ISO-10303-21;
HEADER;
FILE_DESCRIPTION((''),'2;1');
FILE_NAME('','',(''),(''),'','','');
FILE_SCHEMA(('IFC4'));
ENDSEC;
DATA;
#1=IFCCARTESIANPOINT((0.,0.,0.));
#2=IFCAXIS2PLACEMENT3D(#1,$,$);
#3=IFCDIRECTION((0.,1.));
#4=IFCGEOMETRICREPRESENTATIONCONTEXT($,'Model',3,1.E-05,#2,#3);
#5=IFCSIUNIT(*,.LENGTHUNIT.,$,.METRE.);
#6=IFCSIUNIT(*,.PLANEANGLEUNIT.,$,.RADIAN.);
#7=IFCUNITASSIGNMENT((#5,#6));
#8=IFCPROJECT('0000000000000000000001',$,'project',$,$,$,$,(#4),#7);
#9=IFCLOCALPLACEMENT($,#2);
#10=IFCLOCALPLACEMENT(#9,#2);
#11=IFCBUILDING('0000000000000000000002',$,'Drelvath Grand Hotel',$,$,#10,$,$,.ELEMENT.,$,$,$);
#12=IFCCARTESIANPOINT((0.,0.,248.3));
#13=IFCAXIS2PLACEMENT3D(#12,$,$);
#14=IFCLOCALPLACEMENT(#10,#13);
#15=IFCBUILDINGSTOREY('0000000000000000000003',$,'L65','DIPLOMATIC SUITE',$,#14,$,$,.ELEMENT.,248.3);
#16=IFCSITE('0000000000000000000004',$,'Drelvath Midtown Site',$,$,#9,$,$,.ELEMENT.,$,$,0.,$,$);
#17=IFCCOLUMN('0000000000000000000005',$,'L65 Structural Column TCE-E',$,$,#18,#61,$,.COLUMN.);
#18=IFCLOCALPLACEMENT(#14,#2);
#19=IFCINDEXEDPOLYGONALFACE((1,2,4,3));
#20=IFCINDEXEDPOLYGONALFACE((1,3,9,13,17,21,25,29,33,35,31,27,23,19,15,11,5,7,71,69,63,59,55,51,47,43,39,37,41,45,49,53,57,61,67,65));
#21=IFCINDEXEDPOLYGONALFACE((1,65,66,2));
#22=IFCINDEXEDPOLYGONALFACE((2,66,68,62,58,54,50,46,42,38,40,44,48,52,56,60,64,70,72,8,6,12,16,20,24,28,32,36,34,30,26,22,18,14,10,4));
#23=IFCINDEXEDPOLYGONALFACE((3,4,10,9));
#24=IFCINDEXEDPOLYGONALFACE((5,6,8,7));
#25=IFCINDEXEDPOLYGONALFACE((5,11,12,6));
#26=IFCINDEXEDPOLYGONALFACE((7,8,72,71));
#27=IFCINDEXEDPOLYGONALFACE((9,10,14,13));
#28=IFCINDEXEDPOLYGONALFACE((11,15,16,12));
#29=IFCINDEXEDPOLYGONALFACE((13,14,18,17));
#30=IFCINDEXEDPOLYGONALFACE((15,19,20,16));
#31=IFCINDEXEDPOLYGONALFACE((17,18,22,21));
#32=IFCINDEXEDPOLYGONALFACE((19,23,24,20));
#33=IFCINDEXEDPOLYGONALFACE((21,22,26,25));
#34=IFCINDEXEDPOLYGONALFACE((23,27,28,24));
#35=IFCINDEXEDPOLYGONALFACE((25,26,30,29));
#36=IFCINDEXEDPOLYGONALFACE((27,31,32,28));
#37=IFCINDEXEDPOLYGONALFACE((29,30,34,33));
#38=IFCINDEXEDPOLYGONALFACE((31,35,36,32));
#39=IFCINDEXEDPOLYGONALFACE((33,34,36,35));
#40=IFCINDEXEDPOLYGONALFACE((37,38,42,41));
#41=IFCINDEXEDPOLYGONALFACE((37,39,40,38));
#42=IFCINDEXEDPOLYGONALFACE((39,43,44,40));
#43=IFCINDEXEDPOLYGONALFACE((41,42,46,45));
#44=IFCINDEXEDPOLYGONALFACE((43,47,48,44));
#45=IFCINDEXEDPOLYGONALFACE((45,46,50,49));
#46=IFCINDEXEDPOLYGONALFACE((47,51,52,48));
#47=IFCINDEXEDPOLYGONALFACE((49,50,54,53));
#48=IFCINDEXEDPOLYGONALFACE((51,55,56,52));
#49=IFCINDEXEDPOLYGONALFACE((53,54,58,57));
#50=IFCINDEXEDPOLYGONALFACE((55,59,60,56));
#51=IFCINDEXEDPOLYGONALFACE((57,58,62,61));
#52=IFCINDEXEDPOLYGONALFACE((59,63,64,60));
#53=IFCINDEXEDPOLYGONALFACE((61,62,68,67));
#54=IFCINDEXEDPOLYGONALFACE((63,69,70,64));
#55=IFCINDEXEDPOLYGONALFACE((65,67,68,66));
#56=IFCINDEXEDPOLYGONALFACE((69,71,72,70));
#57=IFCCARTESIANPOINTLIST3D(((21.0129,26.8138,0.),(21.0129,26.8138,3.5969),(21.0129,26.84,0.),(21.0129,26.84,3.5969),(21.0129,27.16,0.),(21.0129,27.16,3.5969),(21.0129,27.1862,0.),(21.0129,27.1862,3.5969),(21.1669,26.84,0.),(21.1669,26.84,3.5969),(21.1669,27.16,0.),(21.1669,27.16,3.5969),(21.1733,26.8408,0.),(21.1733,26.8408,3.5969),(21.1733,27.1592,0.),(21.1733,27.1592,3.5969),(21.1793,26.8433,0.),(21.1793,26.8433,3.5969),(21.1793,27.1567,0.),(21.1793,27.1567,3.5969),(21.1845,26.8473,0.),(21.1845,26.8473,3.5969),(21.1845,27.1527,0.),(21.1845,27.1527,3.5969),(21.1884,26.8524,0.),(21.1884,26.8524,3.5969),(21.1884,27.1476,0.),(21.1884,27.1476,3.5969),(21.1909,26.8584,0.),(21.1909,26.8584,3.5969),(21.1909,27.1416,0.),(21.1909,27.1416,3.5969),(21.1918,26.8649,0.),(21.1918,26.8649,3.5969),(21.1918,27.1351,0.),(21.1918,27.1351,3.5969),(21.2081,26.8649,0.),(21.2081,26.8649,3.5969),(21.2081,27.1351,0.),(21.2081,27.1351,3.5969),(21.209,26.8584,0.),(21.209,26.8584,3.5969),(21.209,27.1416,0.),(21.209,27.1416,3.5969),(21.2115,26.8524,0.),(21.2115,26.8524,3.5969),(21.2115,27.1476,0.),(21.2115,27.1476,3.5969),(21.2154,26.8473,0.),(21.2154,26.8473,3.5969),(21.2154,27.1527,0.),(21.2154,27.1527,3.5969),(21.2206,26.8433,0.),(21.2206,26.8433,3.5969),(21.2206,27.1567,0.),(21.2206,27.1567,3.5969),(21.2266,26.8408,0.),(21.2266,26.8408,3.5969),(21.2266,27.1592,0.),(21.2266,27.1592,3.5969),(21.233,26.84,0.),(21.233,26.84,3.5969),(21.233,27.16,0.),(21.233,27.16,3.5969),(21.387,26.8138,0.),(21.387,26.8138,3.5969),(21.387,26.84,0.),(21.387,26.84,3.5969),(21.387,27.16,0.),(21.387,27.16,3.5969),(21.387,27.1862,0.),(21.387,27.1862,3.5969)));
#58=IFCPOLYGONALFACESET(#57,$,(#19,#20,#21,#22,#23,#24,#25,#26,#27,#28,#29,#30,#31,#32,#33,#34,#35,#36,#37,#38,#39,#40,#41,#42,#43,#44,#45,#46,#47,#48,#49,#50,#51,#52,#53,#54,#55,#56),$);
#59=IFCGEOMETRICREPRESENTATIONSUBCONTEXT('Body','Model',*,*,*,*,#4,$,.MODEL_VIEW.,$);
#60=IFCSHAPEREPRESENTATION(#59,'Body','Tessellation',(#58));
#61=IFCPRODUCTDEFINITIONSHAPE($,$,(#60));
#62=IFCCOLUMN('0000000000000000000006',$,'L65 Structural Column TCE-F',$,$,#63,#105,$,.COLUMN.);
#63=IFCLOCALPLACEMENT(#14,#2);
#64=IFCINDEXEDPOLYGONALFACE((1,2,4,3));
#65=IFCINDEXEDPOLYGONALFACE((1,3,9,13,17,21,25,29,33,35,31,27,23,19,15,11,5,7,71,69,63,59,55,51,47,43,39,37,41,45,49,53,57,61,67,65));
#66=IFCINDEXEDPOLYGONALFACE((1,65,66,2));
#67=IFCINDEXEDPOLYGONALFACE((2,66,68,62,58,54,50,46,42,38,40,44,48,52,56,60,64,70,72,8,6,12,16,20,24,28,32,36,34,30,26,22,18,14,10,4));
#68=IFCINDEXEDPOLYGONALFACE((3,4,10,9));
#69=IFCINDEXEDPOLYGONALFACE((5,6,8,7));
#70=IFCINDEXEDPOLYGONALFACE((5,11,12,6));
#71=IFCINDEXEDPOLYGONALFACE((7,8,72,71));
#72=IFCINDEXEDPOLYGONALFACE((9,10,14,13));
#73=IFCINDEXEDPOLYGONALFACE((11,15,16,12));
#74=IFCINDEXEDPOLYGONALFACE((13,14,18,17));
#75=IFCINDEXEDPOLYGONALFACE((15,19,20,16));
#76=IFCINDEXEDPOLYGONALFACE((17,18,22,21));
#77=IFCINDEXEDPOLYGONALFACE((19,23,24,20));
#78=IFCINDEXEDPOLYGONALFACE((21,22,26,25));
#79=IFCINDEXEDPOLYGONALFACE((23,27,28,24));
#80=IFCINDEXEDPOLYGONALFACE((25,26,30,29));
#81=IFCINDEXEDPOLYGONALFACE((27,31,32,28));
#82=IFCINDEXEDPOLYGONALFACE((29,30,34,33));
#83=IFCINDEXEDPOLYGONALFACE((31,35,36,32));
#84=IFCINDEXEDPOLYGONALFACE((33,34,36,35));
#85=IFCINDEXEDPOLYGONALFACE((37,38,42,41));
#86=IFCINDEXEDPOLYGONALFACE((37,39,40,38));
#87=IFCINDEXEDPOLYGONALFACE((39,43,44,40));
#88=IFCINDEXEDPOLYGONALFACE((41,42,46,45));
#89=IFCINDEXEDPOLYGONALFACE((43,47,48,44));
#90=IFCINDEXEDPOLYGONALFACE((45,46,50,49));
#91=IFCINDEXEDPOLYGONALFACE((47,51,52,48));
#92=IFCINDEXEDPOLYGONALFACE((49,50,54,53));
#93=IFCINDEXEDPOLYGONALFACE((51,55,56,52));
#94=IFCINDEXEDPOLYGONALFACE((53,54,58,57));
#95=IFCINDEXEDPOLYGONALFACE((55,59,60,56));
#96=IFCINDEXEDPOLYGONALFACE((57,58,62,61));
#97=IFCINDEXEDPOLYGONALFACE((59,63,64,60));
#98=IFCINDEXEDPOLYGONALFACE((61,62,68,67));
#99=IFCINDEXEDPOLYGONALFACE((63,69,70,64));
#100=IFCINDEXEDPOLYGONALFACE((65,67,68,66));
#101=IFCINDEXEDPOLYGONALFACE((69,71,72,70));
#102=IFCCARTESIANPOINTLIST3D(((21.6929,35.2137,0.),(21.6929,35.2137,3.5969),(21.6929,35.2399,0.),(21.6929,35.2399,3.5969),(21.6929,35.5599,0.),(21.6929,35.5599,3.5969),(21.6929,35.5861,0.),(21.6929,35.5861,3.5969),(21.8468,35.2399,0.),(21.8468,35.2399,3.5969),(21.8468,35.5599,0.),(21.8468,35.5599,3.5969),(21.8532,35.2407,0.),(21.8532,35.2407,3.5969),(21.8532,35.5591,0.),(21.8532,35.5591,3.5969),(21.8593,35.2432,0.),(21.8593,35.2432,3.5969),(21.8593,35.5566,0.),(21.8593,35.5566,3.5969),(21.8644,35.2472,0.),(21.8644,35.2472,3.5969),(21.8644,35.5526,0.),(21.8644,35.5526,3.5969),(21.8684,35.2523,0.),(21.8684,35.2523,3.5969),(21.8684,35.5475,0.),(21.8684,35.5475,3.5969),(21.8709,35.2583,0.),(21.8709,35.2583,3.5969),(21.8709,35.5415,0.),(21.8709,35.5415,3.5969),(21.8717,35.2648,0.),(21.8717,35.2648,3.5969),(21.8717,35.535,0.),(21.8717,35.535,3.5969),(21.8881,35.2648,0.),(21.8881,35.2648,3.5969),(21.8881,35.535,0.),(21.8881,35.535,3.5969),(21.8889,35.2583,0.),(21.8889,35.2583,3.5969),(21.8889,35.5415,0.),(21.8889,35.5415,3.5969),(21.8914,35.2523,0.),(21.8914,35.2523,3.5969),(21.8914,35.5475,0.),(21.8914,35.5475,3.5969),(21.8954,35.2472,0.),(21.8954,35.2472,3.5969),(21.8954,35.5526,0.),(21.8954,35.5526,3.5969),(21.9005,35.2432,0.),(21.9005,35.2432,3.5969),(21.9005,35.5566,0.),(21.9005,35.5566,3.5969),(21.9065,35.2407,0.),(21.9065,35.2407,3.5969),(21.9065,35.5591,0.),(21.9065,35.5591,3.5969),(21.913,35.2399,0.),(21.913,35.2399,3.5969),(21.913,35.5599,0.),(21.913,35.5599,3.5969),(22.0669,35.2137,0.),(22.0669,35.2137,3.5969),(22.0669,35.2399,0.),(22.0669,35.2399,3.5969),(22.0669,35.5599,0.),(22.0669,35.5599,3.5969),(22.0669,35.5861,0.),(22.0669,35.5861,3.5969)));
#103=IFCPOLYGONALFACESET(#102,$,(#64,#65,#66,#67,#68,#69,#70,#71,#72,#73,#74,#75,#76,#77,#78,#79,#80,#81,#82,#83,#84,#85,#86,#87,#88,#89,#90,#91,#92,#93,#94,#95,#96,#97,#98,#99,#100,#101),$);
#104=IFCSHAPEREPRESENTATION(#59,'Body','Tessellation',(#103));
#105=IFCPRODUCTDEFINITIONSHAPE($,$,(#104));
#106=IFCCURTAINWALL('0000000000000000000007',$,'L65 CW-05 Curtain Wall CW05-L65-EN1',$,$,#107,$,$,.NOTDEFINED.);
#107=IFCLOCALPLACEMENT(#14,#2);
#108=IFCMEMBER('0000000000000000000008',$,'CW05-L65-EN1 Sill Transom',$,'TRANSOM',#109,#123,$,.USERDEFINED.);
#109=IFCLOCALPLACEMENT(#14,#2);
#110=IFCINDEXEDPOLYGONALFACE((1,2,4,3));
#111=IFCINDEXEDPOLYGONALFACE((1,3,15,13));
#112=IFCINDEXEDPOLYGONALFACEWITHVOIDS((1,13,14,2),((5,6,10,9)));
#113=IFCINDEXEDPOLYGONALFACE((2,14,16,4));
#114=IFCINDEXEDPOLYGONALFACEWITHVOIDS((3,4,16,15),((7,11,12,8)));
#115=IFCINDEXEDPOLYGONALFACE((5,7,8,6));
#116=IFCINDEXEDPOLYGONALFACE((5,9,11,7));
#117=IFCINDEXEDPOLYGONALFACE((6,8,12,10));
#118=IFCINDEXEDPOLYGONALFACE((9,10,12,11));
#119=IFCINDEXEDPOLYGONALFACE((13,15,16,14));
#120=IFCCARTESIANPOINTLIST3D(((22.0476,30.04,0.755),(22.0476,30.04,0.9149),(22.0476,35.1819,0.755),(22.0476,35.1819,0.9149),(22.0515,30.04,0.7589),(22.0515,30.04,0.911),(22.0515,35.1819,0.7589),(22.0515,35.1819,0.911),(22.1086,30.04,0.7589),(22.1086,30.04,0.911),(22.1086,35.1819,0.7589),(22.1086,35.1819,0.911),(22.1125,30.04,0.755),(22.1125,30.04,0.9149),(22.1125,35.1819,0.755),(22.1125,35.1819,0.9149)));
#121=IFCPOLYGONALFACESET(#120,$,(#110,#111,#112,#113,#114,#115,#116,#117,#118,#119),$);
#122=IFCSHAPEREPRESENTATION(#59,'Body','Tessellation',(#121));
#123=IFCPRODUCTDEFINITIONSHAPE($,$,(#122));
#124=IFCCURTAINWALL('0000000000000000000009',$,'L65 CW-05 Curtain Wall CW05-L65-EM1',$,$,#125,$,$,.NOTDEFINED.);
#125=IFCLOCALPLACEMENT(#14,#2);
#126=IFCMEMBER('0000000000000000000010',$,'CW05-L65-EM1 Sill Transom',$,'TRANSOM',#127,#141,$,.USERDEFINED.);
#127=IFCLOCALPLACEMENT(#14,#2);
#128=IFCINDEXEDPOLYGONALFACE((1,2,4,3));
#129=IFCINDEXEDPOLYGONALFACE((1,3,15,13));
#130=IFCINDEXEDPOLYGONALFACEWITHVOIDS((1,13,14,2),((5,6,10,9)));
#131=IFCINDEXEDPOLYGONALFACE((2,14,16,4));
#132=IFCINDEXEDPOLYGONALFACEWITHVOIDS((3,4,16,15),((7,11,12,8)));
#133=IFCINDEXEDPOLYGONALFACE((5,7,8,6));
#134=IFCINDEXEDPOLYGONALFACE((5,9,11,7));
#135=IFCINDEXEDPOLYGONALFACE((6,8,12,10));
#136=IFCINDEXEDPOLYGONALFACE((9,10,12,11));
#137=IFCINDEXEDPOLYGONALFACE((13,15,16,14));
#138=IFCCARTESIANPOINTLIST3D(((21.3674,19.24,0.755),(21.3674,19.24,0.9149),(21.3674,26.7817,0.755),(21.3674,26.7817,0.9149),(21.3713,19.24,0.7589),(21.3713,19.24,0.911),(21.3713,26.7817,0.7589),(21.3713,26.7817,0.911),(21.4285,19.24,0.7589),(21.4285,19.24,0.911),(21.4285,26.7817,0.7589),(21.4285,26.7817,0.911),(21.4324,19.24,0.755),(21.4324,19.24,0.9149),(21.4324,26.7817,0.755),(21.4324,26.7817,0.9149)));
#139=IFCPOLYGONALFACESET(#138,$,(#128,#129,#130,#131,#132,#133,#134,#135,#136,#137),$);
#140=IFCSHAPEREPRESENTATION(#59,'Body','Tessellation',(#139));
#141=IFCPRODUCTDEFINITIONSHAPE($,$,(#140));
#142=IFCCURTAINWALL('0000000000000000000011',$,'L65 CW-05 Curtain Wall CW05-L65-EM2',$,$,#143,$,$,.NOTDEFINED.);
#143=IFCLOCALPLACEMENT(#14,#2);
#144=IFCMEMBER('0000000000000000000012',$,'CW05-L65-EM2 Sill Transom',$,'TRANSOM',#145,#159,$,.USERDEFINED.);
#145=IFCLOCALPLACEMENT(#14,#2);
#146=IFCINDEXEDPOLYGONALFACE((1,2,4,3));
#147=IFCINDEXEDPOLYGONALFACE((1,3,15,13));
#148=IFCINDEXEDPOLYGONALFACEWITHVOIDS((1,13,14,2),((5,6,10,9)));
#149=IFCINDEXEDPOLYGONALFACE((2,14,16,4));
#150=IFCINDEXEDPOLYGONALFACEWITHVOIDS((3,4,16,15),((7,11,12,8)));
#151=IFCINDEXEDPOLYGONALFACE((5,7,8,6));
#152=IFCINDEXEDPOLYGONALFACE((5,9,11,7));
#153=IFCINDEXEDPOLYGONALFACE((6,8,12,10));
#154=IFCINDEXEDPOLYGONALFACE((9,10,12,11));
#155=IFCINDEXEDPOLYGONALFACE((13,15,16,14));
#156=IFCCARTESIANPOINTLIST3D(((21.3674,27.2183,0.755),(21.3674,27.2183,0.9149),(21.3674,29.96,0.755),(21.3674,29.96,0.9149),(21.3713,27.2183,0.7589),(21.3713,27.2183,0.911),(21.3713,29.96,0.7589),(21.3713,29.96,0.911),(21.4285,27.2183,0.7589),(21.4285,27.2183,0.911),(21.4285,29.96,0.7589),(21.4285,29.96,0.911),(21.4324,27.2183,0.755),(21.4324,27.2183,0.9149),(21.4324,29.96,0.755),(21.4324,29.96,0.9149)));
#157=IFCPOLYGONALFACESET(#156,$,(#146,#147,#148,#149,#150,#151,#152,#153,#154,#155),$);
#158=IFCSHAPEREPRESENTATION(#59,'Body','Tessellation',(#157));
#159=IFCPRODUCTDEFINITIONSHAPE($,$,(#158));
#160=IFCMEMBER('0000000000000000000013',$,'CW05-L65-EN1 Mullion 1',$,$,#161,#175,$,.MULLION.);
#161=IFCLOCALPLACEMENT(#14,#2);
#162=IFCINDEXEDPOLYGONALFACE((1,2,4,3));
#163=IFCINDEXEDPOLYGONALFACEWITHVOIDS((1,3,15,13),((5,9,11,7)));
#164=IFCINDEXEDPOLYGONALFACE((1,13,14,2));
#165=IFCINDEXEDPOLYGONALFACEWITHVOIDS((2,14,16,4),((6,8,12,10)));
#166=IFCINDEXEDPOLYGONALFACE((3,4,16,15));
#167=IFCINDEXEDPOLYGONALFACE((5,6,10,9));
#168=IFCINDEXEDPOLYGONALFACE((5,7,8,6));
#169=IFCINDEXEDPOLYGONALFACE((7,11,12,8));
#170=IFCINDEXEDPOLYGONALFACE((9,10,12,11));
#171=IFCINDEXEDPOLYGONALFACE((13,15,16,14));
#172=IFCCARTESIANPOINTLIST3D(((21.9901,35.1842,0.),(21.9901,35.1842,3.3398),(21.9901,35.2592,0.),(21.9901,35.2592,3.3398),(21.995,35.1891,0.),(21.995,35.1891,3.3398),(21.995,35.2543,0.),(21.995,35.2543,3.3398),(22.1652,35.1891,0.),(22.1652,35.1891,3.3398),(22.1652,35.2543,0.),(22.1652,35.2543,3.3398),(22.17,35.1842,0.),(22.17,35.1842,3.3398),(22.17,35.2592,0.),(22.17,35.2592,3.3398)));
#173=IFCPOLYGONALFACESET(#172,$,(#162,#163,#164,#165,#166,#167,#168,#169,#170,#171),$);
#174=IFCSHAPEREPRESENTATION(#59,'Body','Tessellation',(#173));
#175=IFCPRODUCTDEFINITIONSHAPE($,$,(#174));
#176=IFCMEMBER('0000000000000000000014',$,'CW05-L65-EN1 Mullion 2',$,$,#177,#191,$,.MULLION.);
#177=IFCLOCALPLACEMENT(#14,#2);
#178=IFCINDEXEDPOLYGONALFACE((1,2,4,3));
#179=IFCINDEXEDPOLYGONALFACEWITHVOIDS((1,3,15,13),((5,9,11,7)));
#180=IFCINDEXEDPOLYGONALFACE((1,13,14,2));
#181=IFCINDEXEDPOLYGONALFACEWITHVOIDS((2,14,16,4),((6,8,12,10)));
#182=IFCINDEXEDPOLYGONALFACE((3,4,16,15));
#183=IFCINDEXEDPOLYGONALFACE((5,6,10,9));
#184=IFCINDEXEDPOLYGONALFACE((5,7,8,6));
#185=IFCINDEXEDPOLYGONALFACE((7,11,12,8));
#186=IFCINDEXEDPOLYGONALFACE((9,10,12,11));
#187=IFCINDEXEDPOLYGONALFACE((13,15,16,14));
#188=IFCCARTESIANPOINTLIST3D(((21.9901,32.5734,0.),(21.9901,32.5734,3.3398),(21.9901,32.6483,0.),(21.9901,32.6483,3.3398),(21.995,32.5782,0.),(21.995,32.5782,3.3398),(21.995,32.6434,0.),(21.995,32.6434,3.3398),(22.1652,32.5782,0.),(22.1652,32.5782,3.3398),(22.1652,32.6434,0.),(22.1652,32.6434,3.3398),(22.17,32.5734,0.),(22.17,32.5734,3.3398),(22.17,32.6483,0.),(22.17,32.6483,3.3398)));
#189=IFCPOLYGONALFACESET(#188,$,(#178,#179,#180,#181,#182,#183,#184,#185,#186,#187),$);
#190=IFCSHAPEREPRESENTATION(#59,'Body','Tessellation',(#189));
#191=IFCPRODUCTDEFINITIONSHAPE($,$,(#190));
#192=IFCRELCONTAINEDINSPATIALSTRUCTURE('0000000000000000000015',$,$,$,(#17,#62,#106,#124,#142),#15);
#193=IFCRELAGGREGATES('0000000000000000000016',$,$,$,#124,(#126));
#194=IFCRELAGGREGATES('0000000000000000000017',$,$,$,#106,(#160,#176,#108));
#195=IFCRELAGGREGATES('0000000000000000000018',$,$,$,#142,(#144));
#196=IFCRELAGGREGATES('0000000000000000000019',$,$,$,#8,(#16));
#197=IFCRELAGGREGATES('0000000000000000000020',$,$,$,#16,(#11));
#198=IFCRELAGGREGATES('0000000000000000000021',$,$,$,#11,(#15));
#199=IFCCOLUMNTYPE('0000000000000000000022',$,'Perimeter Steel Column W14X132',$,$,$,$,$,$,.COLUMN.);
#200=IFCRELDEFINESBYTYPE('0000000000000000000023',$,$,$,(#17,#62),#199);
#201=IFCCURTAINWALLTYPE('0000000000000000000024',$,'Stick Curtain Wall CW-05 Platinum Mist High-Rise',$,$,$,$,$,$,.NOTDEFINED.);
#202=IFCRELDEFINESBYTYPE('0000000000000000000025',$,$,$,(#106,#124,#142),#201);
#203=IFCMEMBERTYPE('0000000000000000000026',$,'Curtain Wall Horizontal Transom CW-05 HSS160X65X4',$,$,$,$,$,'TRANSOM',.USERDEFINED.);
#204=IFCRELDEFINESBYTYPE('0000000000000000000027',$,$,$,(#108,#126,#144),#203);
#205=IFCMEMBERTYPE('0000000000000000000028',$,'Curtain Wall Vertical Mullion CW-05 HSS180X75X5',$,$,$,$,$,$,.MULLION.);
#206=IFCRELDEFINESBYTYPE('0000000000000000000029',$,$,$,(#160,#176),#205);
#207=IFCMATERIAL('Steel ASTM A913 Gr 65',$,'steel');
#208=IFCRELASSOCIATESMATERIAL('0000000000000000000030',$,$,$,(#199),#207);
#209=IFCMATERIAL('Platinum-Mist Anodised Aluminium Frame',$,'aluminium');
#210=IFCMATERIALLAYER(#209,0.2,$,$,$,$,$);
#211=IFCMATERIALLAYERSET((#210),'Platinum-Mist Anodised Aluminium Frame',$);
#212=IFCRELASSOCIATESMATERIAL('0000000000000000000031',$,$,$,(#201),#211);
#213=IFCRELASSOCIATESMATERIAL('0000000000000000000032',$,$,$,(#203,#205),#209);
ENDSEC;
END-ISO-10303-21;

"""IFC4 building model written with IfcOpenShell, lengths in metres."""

from ifc_helpers import new_model, si_unit, direction, frame, origin, origin_2d, place, context, subcontext, project, spatial, hollow_rectangle, i_section, extrude, material, layer, layer_set, material_profile, profile_set, type_object, element, aggregate, save


model = new_model("IFC4")

# Units and contexts
model_context = context("Model", 3, precision=1e-05, world=origin(), true_north=direction((0.0, 1.0)))
body_context = subcontext(model_context, "Body", "Model", "MODEL_VIEW")
ifc_project = project(units=[si_unit("LENGTHUNIT", "METRE"), si_unit("PLANEANGLEUNIT", "RADIAN")], contexts=[model_context])

# Site, building, storey
site_placement = place(None, origin())
site = spatial("IfcSite", under=ifc_project, at=site_placement, Name="Drelvath Midtown Site", CompositionType="ELEMENT", RefElevation=0.0)
building_placement = place(site_placement, origin())
building = spatial("IfcBuilding", under=site, at=building_placement, Name="Drelvath Grand Hotel", CompositionType="ELEMENT")
storey_placement = place(building_placement, frame((0.0, 0.0, 248.3)))
storey = spatial("IfcBuildingStorey", under=building, at=storey_placement, Name="L65", Description="DIPLOMATIC SUITE", CompositionType="ELEMENT", Elevation=248.3)

# Columns
ifc_material_1 = material(Name="Steel ASTM A913 Gr 65", Category="steel")
ifc_material_profile_1 = material_profile(ifc_material_1, i_section(OverallWidth=0.374, OverallDepth=0.3723, WebThickness=0.0164, FlangeThickness=0.0261, FilletRadius=0.0249, at=origin_2d()), Name="W14X132")
ifc_profile_set_1 = profile_set([ifc_material_profile_1], Name="Steel ASTM A913 Gr 65")
column_type = type_object("IfcColumnType", Name="Perimeter Steel Column W14X132", PredefinedType="COLUMN", material=ifc_profile_set_1)
for number, where, z_axis, x_axis, name in (
    (1, (21.2, 27.0, 0.0), (0.0, 0.0, 1.0), (1.0, 0.0, 0.0), "L65 Structural Column TCE-E"),
    (2, (21.8799, 35.3999, 0.0), (0.0, 0.0, 1.0), (1.0, 0.0, 0.0), "L65 Structural Column TCE-F"),
):
    element("IfcColumn", number, at=place(storey_placement, frame(where, z_axis=z_axis, x_axis=x_axis)), inside=storey, type_object=column_type, Name=name, PredefinedType="COLUMN", context=body_context, shape_type="SweptSolid", body=[
        extrude(i_section(OverallWidth=0.374, OverallDepth=0.3723, WebThickness=0.0164, FlangeThickness=0.0261, FilletRadius=0.0249, at=origin_2d()), origin(), (0.0, 0.0, 1.0), 3.5969),
    ])

# Curtain walls, members
ifc_material_2 = material(Name="Platinum-Mist Anodised Aluminium Frame", Category="aluminium")
ifc_layer_1 = layer(ifc_material_2, 0.2)
ifc_layer_set_1 = layer_set([ifc_layer_1], Name="Platinum-Mist Anodised Aluminium Frame")
curtain_wall_type = type_object("IfcCurtainWallType", Name="Stick Curtain Wall CW-05 Platinum Mist High-Rise", PredefinedType="NOTDEFINED", material=ifc_layer_set_1)
curtain_wall_1_placement = place(storey_placement, origin())
curtain_wall_1 = element("IfcCurtainWall", 3, at=curtain_wall_1_placement, inside=storey, type_object=curtain_wall_type, Name="L65 CW-05 Curtain Wall CW05-L65-EN1", PredefinedType="NOTDEFINED")
ifc_material_profile_2 = material_profile(ifc_material_2, hollow_rectangle(XDim=0.0649, YDim=0.1599, WallThickness=0.0039, at=origin_2d()), Name="HSS160X65X4")
ifc_profile_set_2 = profile_set([ifc_material_profile_2], Name="Platinum-Mist Anodised Aluminium Frame")
member_type_1 = type_object("IfcMemberType", Name="Curtain Wall Horizontal Transom CW-05 HSS160X65X4", ElementType="TRANSOM", PredefinedType="USERDEFINED", material=ifc_profile_set_2)
member_1_placement = place(storey_placement, frame((22.0801, 35.1819, 0.835), z_axis=(0.0, -1.0, 0.0), x_axis=(1.0, 0.0, 0.0)))
member_1 = element("IfcMember", 4, at=member_1_placement, type_object=member_type_1, Name="CW05-L65-EN1 Sill Transom", ObjectType="TRANSOM", PredefinedType="USERDEFINED", context=body_context, shape_type="SweptSolid", body=[
    extrude(hollow_rectangle(XDim=0.0649, YDim=0.1599, WallThickness=0.0039, at=origin_2d()), origin(), (0.0, 0.0, 1.0), 5.1418),
])
curtain_wall_2_placement = place(storey_placement, origin())
curtain_wall_2 = element("IfcCurtainWall", 5, at=curtain_wall_2_placement, inside=storey, type_object=curtain_wall_type, Name="L65 CW-05 Curtain Wall CW05-L65-EM1", PredefinedType="NOTDEFINED")
member_2_placement = place(storey_placement, frame((21.3999, 26.7817, 0.835), z_axis=(0.0, -1.0, 0.0), x_axis=(1.0, 0.0, 0.0)))
member_2 = element("IfcMember", 6, at=member_2_placement, type_object=member_type_1, Name="CW05-L65-EM1 Sill Transom", ObjectType="TRANSOM", PredefinedType="USERDEFINED", context=body_context, shape_type="SweptSolid", body=[
    extrude(hollow_rectangle(XDim=0.0649, YDim=0.1599, WallThickness=0.0039, at=origin_2d()), origin(), (0.0, 0.0, 1.0), 7.5417),
])
curtain_wall_3_placement = place(storey_placement, origin())
curtain_wall_3 = element("IfcCurtainWall", 7, at=curtain_wall_3_placement, inside=storey, type_object=curtain_wall_type, Name="L65 CW-05 Curtain Wall CW05-L65-EM2", PredefinedType="NOTDEFINED")
member_3_placement = place(storey_placement, frame((21.3999, 29.96, 0.835), z_axis=(0.0, -1.0, 0.0), x_axis=(1.0, 0.0, 0.0)))
member_3 = element("IfcMember", 8, at=member_3_placement, type_object=member_type_1, Name="CW05-L65-EM2 Sill Transom", ObjectType="TRANSOM", PredefinedType="USERDEFINED", context=body_context, shape_type="SweptSolid", body=[
    extrude(hollow_rectangle(XDim=0.0649, YDim=0.1599, WallThickness=0.0039, at=origin_2d()), origin(), (0.0, 0.0, 1.0), 2.7417),
])

# Members
ifc_material_profile_3 = material_profile(ifc_material_2, hollow_rectangle(XDim=0.075, YDim=0.1799, WallThickness=0.0049, at=origin_2d()), Name="HSS180X75X5")
ifc_profile_set_3 = profile_set([ifc_material_profile_3], Name="Platinum-Mist Anodised Aluminium Frame")
member_type_2 = type_object("IfcMemberType", Name="Curtain Wall Vertical Mullion CW-05 HSS180X75X5", PredefinedType="MULLION", material=ifc_profile_set_3)
member_4_placement = place(storey_placement, frame((22.0801, 35.2217, 0.0), z_axis=(0.0, 0.0, 1.0), x_axis=(0.0, 1.0, 0.0)))
member_4 = element("IfcMember", 9, at=member_4_placement, type_object=member_type_2, Name="CW05-L65-EN1 Mullion 1", PredefinedType="MULLION", context=body_context, shape_type="SweptSolid", body=[
    extrude(hollow_rectangle(XDim=0.075, YDim=0.1799, WallThickness=0.0049, at=origin_2d()), origin(), (0.0, 0.0, 1.0), 3.3398),
])
member_5_placement = place(storey_placement, frame((22.0801, 32.6108, 0.0), z_axis=(0.0, 0.0, 1.0), x_axis=(0.0, 1.0, 0.0)))
member_5 = element("IfcMember", 10, at=member_5_placement, type_object=member_type_2, Name="CW05-L65-EN1 Mullion 2", PredefinedType="MULLION", context=body_context, shape_type="SweptSolid", body=[
    extrude(hollow_rectangle(XDim=0.075, YDim=0.1799, WallThickness=0.0049, at=origin_2d()), origin(), (0.0, 0.0, 1.0), 3.3398),
])
aggregate(curtain_wall_2, [member_2])

aggregate(curtain_wall_1, [member_4, member_5, member_1])
aggregate(curtain_wall_3, [member_3])

save(model, "model.ifc")
